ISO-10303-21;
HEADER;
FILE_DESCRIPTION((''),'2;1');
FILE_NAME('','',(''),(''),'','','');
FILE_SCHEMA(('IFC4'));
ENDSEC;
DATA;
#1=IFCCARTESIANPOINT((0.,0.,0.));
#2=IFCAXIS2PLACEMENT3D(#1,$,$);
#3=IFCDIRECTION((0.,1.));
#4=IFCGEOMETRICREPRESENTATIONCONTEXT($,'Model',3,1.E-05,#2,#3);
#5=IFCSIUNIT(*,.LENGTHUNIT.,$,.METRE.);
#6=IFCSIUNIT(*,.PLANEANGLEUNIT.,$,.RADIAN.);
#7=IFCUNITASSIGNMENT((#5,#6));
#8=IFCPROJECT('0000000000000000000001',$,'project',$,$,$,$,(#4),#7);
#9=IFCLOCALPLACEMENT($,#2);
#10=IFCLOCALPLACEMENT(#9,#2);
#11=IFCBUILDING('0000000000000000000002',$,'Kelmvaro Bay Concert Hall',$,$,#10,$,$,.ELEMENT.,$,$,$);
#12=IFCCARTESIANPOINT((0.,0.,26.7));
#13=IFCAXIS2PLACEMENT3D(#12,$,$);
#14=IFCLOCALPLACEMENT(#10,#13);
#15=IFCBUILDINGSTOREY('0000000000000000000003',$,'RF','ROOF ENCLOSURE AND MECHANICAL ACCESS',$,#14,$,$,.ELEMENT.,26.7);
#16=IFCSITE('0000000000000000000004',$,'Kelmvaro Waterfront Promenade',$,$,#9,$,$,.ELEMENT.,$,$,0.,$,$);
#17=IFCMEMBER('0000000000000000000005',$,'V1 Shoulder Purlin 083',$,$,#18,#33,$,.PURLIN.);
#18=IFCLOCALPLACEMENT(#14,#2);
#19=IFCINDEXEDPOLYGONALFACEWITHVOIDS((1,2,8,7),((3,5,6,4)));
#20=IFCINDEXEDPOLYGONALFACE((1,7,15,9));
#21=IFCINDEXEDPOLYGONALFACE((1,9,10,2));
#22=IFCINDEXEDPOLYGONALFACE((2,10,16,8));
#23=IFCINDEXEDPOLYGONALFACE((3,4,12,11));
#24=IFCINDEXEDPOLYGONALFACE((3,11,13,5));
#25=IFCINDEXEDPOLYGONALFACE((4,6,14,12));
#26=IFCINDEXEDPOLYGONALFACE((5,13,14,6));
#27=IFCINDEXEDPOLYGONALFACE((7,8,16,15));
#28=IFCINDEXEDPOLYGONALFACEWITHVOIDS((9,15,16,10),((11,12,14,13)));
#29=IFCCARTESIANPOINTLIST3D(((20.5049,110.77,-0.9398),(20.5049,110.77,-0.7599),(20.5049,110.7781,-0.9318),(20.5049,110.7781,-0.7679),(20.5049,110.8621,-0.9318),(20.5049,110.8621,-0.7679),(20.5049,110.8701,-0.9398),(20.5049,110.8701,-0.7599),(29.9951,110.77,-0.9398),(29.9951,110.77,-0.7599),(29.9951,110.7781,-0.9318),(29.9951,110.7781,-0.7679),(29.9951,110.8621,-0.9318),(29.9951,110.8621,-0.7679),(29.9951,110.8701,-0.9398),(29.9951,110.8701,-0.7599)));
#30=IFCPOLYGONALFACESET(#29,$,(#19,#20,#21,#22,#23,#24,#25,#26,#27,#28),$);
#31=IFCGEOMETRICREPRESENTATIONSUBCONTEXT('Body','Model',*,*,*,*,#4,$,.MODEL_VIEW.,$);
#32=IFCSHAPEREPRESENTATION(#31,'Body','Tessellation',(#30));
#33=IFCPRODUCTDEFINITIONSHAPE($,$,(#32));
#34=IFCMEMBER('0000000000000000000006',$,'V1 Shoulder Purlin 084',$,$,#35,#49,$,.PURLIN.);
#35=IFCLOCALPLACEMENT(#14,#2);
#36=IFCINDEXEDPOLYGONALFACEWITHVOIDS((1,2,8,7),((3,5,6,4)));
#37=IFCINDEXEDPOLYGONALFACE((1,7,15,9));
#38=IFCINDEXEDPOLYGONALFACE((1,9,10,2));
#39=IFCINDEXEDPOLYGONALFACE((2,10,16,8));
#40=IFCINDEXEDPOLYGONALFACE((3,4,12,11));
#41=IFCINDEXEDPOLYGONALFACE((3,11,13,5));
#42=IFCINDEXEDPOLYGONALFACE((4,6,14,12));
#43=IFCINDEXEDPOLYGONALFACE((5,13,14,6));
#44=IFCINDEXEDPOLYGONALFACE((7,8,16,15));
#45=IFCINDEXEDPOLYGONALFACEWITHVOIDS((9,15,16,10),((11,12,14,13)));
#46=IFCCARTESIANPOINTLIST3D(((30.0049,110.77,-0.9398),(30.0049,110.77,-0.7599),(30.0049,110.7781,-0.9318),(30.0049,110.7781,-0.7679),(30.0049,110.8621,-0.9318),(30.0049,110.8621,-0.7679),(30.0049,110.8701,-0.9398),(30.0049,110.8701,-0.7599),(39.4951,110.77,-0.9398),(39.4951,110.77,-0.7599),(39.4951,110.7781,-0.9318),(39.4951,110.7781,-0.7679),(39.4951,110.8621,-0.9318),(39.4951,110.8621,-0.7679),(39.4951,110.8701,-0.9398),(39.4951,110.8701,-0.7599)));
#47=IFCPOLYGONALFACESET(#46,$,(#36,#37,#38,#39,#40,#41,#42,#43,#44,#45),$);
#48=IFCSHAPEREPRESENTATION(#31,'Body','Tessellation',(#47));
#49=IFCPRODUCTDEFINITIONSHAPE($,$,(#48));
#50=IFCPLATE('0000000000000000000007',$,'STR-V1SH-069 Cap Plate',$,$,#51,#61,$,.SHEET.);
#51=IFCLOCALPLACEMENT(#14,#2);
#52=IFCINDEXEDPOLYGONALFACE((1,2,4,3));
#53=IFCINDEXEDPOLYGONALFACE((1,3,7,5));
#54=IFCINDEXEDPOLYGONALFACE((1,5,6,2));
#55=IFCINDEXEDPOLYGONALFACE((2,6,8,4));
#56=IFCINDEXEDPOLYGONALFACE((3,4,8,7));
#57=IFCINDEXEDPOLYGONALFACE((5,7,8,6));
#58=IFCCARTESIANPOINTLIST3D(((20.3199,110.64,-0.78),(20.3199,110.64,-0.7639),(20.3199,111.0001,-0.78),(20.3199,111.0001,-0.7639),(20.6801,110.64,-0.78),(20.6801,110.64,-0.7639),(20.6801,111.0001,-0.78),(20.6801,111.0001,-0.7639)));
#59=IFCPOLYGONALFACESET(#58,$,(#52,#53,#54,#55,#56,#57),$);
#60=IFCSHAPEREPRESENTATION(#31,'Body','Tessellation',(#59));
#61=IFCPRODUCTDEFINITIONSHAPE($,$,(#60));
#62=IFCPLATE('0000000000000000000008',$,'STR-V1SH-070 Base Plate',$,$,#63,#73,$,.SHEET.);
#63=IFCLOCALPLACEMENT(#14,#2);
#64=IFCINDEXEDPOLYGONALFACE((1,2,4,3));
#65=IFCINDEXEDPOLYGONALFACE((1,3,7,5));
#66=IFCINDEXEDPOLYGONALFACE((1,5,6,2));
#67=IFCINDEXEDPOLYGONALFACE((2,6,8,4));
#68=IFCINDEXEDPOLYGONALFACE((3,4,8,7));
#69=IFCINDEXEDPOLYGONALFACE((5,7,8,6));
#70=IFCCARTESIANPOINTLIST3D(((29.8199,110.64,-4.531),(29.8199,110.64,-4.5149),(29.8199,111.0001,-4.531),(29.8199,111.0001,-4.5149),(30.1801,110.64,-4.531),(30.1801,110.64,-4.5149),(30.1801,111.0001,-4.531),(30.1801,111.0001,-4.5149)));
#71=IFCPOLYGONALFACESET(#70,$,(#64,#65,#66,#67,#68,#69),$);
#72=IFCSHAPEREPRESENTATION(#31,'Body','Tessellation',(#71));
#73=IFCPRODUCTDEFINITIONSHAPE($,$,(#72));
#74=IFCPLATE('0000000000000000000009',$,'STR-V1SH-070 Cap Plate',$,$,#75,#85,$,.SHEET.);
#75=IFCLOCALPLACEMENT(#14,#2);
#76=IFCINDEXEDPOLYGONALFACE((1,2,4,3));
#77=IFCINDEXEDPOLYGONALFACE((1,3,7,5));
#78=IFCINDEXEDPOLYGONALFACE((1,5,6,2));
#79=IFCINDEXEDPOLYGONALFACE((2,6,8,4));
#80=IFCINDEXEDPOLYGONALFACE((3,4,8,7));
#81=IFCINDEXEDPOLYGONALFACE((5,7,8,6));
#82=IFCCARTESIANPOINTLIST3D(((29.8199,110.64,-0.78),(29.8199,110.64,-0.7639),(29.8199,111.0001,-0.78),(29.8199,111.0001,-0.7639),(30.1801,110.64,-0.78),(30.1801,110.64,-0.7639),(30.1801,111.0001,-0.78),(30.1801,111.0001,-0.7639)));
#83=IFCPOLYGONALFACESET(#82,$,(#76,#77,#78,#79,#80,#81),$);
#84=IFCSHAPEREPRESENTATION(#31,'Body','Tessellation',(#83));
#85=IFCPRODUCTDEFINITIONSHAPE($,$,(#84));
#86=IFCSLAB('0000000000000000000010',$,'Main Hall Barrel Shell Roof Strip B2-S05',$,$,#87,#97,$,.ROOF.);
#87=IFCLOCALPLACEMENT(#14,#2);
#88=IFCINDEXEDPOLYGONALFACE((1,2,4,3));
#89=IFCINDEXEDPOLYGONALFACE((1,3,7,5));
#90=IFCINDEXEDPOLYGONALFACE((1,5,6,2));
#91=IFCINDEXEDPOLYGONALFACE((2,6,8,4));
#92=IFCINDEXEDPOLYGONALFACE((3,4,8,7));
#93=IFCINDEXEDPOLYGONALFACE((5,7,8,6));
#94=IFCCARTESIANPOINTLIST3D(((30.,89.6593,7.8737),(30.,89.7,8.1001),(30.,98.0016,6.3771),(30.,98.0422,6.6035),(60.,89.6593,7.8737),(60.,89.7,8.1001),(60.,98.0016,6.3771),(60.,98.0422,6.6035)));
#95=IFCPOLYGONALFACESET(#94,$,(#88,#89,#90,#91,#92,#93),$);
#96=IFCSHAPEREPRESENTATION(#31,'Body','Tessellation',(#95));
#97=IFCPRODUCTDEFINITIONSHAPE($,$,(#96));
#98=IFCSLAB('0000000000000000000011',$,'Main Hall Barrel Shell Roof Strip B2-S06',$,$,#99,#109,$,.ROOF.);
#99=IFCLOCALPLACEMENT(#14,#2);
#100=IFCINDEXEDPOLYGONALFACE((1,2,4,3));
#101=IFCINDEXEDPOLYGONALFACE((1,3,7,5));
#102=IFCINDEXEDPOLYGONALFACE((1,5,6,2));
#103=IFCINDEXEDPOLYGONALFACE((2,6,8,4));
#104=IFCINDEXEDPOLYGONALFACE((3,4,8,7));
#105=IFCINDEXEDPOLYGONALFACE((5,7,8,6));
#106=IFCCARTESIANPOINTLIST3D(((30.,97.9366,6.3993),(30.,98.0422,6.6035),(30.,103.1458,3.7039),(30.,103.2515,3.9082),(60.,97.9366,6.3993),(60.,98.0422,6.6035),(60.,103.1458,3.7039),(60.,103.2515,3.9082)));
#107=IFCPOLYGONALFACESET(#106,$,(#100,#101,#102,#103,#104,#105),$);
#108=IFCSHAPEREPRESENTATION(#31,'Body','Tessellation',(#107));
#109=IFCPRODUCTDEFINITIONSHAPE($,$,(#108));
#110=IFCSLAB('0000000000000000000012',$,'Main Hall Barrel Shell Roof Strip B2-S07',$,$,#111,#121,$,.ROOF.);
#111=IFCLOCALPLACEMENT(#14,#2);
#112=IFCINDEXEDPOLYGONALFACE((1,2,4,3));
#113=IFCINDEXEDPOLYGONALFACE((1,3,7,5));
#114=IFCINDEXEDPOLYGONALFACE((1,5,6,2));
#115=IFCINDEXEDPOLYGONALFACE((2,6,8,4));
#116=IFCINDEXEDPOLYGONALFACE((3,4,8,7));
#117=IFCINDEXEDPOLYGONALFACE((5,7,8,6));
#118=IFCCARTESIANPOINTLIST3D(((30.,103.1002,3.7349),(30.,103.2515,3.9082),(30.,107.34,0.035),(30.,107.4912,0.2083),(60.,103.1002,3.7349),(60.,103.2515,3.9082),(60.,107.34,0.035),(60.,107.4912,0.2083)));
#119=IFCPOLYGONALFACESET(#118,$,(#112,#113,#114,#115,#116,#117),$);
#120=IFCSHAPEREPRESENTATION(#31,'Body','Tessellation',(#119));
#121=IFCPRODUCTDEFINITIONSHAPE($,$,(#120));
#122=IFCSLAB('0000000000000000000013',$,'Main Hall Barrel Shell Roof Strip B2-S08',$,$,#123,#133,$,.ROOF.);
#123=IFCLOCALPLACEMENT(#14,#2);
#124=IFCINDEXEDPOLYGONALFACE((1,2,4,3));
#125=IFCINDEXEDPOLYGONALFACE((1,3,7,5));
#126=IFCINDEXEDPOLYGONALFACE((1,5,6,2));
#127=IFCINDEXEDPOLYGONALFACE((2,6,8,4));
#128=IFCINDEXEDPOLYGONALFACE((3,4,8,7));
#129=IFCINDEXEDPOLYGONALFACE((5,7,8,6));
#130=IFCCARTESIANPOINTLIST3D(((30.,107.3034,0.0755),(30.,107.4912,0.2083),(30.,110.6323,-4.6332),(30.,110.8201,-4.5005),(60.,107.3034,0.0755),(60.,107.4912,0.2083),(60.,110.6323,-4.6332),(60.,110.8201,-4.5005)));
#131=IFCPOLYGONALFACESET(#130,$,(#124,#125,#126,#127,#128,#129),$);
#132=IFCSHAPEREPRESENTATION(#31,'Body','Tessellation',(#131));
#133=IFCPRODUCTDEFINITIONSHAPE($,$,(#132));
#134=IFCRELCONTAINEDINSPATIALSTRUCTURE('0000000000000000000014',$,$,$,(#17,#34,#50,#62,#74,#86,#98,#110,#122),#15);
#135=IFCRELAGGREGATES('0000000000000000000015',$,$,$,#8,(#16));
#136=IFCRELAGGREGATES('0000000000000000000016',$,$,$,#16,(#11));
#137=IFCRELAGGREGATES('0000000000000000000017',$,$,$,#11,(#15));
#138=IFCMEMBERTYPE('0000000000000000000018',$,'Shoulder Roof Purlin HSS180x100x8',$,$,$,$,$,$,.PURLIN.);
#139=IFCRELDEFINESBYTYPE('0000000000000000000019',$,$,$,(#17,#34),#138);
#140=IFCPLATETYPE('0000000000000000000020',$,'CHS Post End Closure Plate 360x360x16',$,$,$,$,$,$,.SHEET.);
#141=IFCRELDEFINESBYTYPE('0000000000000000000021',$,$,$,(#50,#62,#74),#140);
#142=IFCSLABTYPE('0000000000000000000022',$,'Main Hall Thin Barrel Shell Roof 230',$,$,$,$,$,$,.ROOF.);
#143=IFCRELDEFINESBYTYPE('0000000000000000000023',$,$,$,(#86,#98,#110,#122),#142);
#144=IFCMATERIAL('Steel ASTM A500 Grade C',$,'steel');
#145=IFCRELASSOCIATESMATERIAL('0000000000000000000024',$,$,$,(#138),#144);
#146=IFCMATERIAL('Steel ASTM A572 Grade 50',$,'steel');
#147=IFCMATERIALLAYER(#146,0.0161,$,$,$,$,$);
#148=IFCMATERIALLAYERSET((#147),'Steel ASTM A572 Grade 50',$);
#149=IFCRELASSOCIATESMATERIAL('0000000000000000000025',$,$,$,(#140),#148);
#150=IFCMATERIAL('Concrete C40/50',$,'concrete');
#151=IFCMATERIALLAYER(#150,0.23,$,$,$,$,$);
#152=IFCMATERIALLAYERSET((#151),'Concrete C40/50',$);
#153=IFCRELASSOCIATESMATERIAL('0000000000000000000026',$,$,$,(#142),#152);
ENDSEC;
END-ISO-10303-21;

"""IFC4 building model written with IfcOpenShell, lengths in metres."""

from ifc_helpers import new_model, si_unit, direction, frame, origin, origin_2d, place, context, subcontext, project, spatial, polyline, rectangle, hollow_rectangle, outline, extrude, material, layer, layer_set, material_profile, profile_set, type_object, element, save


model = new_model("IFC4")

# Units and contexts
model_context = context("Model", 3, precision=1e-05, world=origin(), true_north=direction((0.0, 1.0)))
body_context = subcontext(model_context, "Body", "Model", "MODEL_VIEW")
ifc_project = project(units=[si_unit("LENGTHUNIT", "METRE"), si_unit("PLANEANGLEUNIT", "RADIAN")], contexts=[model_context])

# Site, building, storey
site_placement = place(None, origin())
site = spatial("IfcSite", under=ifc_project, at=site_placement, Name="Kelmvaro Waterfront Promenade", CompositionType="ELEMENT", RefElevation=0.0)
building_placement = place(site_placement, origin())
building = spatial("IfcBuilding", under=site, at=building_placement, Name="Kelmvaro Bay Concert Hall", CompositionType="ELEMENT")
storey_placement = place(building_placement, frame((0.0, 0.0, 26.7)))
storey = spatial("IfcBuildingStorey", under=building, at=storey_placement, Name="RF", Description="ROOF ENCLOSURE AND MECHANICAL ACCESS", CompositionType="ELEMENT", Elevation=26.7)

# Members
ifc_material_1 = material(Name="Steel ASTM A500 Grade C", Category="steel")
ifc_material_profile_1 = material_profile(ifc_material_1, hollow_rectangle(XDim=0.1001, YDim=0.1799, WallThickness=0.0081, at=origin_2d()), Name="HSS180X100X8")
ifc_profile_set_1 = profile_set([ifc_material_profile_1], Name="Steel ASTM A500 Grade C")
member_type_1 = type_object("IfcMemberType", Name="Shoulder Roof Purlin HSS180x100x8", PredefinedType="PURLIN", material=ifc_profile_set_1)
for number, where, z_axis, x_axis, name in (
    (1, (20.5049, 110.8201, -0.8499), (1.0, 0.0, 0.0), (0.0, 1.0, 0.0), "V1 Shoulder Purlin 083"),
    (2, (30.0049, 110.8201, -0.8499), (1.0, 0.0, 0.0), (0.0, 1.0, 0.0), "V1 Shoulder Purlin 084"),
):
    element("IfcMember", number, at=place(storey_placement, frame(where, z_axis=z_axis, x_axis=x_axis)), inside=storey, type_object=member_type_1, Name=name, PredefinedType="PURLIN", context=body_context, shape_type="SweptSolid", body=[
        extrude(hollow_rectangle(XDim=0.1001, YDim=0.1799, WallThickness=0.0081, at=origin_2d()), origin(), (0.0, 0.0, 1.0), 9.4902),
    ])

# Plates
ifc_material_2 = material(Name="Steel ASTM A572 Grade 50", Category="steel")
ifc_layer_1 = layer(ifc_material_2, 0.0161)
ifc_layer_set_1 = layer_set([ifc_layer_1], Name="Steel ASTM A572 Grade 50")
plate_type = type_object("IfcPlateType", Name="CHS Post End Closure Plate 360x360x16", PredefinedType="SHEET", material=ifc_layer_set_1)
for number, where, z_axis, x_axis, name in (
    (3, (20.5, 110.8201, -0.78), (0.0, 0.0, 1.0), (1.0, 0.0, 0.0), "STR-V1SH-069 Cap Plate"),
    (4, (30.0, 110.8201, -4.531), (0.0, 0.0, 1.0), (1.0, 0.0, 0.0), "STR-V1SH-070 Base Plate"),
    (5, (30.0, 110.8201, -0.78), (0.0, 0.0, 1.0), (1.0, 0.0, 0.0), "STR-V1SH-070 Cap Plate"),
):
    element("IfcPlate", number, at=place(storey_placement, frame(where, z_axis=z_axis, x_axis=x_axis)), inside=storey, type_object=plate_type, Name=name, PredefinedType="SHEET", context=body_context, shape_type="SweptSolid", body=[
        extrude(rectangle(XDim=0.3601, YDim=0.3601, at=origin_2d()), origin(), (0.0, 0.0, 1.0), 0.0161),
    ])

# Slabs
ifc_material_3 = material(Name="Concrete C40/50", Category="concrete")
ifc_layer_2 = layer(ifc_material_3, 0.23)
ifc_layer_set_2 = layer_set([ifc_layer_2], Name="Concrete C40/50")
slab_type = type_object("IfcSlabType", Name="Main Hall Thin Barrel Shell Roof 230", PredefinedType="ROOF", material=ifc_layer_set_2)
slab_1_placement = place(storey_placement, frame((30.0, 89.7, 8.1001), z_axis=(0.0, 0.176578, 0.984287), x_axis=(1.0, 0.0, 0.0)))
element("IfcSlab", 6, at=slab_1_placement, inside=storey, type_object=slab_type, Name="Main Hall Barrel Shell Roof Strip B2-S05", PredefinedType="ROOF", context=body_context, shape_type="SweptSolid", body=[
    extrude(outline(polyline([(0.0, 0.0), (30.0, 0.0), (30.0, 8.4755), (0.0, 8.4755), (0.0, 0.0)])), origin(), (0.0, 0.0, -1.0), 0.23),
])
slab_2_placement = place(storey_placement, frame((30.0, 98.0422, 6.6035), z_axis=(0.0, 0.459542, 0.888156), x_axis=(1.0, 0.0, 0.0)))
element("IfcSlab", 7, at=slab_2_placement, inside=storey, type_object=slab_type, Name="Main Hall Barrel Shell Roof Strip B2-S06", PredefinedType="ROOF", context=body_context, shape_type="SweptSolid", body=[
    extrude(outline(polyline([(0.0, 0.0), (30.0, 0.0), (30.0, 5.8652), (0.0, 5.8652), (0.0, 0.0)])), origin(), (0.0, 0.0, -1.0), 0.23),
])
slab_3_placement = place(storey_placement, frame((30.0, 103.2515, 3.9082), z_axis=(0.0, 0.657515, 0.753441), x_axis=(1.0, 0.0, 0.0)))
element("IfcSlab", 8, at=slab_3_placement, inside=storey, type_object=slab_type, Name="Main Hall Barrel Shell Roof Strip B2-S07", PredefinedType="ROOF", context=body_context, shape_type="SweptSolid", body=[
    extrude(outline(polyline([(0.0, 0.0), (30.0, 0.0), (30.0, 5.6272), (0.0, 5.6272), (0.0, 0.0)])), origin(), (0.0, 0.0, -1.0), 0.23),
])
slab_4_placement = place(storey_placement, frame((30.0, 107.4912, 0.2083), z_axis=(0.0, 0.816556, 0.577266), x_axis=(1.0, 0.0, 0.0)))
element("IfcSlab", 9, at=slab_4_placement, inside=storey, type_object=slab_type, Name="Main Hall Barrel Shell Roof Strip B2-S08", PredefinedType="ROOF", context=body_context, shape_type="SweptSolid", body=[
    extrude(outline(polyline([(0.0, 0.0), (30.0, 0.0), (30.0, 5.7666), (0.0, 5.7666), (0.0, 0.0)])), origin(), (0.0, 0.0, -1.0), 0.23),
])

save(model, "model.ifc")
